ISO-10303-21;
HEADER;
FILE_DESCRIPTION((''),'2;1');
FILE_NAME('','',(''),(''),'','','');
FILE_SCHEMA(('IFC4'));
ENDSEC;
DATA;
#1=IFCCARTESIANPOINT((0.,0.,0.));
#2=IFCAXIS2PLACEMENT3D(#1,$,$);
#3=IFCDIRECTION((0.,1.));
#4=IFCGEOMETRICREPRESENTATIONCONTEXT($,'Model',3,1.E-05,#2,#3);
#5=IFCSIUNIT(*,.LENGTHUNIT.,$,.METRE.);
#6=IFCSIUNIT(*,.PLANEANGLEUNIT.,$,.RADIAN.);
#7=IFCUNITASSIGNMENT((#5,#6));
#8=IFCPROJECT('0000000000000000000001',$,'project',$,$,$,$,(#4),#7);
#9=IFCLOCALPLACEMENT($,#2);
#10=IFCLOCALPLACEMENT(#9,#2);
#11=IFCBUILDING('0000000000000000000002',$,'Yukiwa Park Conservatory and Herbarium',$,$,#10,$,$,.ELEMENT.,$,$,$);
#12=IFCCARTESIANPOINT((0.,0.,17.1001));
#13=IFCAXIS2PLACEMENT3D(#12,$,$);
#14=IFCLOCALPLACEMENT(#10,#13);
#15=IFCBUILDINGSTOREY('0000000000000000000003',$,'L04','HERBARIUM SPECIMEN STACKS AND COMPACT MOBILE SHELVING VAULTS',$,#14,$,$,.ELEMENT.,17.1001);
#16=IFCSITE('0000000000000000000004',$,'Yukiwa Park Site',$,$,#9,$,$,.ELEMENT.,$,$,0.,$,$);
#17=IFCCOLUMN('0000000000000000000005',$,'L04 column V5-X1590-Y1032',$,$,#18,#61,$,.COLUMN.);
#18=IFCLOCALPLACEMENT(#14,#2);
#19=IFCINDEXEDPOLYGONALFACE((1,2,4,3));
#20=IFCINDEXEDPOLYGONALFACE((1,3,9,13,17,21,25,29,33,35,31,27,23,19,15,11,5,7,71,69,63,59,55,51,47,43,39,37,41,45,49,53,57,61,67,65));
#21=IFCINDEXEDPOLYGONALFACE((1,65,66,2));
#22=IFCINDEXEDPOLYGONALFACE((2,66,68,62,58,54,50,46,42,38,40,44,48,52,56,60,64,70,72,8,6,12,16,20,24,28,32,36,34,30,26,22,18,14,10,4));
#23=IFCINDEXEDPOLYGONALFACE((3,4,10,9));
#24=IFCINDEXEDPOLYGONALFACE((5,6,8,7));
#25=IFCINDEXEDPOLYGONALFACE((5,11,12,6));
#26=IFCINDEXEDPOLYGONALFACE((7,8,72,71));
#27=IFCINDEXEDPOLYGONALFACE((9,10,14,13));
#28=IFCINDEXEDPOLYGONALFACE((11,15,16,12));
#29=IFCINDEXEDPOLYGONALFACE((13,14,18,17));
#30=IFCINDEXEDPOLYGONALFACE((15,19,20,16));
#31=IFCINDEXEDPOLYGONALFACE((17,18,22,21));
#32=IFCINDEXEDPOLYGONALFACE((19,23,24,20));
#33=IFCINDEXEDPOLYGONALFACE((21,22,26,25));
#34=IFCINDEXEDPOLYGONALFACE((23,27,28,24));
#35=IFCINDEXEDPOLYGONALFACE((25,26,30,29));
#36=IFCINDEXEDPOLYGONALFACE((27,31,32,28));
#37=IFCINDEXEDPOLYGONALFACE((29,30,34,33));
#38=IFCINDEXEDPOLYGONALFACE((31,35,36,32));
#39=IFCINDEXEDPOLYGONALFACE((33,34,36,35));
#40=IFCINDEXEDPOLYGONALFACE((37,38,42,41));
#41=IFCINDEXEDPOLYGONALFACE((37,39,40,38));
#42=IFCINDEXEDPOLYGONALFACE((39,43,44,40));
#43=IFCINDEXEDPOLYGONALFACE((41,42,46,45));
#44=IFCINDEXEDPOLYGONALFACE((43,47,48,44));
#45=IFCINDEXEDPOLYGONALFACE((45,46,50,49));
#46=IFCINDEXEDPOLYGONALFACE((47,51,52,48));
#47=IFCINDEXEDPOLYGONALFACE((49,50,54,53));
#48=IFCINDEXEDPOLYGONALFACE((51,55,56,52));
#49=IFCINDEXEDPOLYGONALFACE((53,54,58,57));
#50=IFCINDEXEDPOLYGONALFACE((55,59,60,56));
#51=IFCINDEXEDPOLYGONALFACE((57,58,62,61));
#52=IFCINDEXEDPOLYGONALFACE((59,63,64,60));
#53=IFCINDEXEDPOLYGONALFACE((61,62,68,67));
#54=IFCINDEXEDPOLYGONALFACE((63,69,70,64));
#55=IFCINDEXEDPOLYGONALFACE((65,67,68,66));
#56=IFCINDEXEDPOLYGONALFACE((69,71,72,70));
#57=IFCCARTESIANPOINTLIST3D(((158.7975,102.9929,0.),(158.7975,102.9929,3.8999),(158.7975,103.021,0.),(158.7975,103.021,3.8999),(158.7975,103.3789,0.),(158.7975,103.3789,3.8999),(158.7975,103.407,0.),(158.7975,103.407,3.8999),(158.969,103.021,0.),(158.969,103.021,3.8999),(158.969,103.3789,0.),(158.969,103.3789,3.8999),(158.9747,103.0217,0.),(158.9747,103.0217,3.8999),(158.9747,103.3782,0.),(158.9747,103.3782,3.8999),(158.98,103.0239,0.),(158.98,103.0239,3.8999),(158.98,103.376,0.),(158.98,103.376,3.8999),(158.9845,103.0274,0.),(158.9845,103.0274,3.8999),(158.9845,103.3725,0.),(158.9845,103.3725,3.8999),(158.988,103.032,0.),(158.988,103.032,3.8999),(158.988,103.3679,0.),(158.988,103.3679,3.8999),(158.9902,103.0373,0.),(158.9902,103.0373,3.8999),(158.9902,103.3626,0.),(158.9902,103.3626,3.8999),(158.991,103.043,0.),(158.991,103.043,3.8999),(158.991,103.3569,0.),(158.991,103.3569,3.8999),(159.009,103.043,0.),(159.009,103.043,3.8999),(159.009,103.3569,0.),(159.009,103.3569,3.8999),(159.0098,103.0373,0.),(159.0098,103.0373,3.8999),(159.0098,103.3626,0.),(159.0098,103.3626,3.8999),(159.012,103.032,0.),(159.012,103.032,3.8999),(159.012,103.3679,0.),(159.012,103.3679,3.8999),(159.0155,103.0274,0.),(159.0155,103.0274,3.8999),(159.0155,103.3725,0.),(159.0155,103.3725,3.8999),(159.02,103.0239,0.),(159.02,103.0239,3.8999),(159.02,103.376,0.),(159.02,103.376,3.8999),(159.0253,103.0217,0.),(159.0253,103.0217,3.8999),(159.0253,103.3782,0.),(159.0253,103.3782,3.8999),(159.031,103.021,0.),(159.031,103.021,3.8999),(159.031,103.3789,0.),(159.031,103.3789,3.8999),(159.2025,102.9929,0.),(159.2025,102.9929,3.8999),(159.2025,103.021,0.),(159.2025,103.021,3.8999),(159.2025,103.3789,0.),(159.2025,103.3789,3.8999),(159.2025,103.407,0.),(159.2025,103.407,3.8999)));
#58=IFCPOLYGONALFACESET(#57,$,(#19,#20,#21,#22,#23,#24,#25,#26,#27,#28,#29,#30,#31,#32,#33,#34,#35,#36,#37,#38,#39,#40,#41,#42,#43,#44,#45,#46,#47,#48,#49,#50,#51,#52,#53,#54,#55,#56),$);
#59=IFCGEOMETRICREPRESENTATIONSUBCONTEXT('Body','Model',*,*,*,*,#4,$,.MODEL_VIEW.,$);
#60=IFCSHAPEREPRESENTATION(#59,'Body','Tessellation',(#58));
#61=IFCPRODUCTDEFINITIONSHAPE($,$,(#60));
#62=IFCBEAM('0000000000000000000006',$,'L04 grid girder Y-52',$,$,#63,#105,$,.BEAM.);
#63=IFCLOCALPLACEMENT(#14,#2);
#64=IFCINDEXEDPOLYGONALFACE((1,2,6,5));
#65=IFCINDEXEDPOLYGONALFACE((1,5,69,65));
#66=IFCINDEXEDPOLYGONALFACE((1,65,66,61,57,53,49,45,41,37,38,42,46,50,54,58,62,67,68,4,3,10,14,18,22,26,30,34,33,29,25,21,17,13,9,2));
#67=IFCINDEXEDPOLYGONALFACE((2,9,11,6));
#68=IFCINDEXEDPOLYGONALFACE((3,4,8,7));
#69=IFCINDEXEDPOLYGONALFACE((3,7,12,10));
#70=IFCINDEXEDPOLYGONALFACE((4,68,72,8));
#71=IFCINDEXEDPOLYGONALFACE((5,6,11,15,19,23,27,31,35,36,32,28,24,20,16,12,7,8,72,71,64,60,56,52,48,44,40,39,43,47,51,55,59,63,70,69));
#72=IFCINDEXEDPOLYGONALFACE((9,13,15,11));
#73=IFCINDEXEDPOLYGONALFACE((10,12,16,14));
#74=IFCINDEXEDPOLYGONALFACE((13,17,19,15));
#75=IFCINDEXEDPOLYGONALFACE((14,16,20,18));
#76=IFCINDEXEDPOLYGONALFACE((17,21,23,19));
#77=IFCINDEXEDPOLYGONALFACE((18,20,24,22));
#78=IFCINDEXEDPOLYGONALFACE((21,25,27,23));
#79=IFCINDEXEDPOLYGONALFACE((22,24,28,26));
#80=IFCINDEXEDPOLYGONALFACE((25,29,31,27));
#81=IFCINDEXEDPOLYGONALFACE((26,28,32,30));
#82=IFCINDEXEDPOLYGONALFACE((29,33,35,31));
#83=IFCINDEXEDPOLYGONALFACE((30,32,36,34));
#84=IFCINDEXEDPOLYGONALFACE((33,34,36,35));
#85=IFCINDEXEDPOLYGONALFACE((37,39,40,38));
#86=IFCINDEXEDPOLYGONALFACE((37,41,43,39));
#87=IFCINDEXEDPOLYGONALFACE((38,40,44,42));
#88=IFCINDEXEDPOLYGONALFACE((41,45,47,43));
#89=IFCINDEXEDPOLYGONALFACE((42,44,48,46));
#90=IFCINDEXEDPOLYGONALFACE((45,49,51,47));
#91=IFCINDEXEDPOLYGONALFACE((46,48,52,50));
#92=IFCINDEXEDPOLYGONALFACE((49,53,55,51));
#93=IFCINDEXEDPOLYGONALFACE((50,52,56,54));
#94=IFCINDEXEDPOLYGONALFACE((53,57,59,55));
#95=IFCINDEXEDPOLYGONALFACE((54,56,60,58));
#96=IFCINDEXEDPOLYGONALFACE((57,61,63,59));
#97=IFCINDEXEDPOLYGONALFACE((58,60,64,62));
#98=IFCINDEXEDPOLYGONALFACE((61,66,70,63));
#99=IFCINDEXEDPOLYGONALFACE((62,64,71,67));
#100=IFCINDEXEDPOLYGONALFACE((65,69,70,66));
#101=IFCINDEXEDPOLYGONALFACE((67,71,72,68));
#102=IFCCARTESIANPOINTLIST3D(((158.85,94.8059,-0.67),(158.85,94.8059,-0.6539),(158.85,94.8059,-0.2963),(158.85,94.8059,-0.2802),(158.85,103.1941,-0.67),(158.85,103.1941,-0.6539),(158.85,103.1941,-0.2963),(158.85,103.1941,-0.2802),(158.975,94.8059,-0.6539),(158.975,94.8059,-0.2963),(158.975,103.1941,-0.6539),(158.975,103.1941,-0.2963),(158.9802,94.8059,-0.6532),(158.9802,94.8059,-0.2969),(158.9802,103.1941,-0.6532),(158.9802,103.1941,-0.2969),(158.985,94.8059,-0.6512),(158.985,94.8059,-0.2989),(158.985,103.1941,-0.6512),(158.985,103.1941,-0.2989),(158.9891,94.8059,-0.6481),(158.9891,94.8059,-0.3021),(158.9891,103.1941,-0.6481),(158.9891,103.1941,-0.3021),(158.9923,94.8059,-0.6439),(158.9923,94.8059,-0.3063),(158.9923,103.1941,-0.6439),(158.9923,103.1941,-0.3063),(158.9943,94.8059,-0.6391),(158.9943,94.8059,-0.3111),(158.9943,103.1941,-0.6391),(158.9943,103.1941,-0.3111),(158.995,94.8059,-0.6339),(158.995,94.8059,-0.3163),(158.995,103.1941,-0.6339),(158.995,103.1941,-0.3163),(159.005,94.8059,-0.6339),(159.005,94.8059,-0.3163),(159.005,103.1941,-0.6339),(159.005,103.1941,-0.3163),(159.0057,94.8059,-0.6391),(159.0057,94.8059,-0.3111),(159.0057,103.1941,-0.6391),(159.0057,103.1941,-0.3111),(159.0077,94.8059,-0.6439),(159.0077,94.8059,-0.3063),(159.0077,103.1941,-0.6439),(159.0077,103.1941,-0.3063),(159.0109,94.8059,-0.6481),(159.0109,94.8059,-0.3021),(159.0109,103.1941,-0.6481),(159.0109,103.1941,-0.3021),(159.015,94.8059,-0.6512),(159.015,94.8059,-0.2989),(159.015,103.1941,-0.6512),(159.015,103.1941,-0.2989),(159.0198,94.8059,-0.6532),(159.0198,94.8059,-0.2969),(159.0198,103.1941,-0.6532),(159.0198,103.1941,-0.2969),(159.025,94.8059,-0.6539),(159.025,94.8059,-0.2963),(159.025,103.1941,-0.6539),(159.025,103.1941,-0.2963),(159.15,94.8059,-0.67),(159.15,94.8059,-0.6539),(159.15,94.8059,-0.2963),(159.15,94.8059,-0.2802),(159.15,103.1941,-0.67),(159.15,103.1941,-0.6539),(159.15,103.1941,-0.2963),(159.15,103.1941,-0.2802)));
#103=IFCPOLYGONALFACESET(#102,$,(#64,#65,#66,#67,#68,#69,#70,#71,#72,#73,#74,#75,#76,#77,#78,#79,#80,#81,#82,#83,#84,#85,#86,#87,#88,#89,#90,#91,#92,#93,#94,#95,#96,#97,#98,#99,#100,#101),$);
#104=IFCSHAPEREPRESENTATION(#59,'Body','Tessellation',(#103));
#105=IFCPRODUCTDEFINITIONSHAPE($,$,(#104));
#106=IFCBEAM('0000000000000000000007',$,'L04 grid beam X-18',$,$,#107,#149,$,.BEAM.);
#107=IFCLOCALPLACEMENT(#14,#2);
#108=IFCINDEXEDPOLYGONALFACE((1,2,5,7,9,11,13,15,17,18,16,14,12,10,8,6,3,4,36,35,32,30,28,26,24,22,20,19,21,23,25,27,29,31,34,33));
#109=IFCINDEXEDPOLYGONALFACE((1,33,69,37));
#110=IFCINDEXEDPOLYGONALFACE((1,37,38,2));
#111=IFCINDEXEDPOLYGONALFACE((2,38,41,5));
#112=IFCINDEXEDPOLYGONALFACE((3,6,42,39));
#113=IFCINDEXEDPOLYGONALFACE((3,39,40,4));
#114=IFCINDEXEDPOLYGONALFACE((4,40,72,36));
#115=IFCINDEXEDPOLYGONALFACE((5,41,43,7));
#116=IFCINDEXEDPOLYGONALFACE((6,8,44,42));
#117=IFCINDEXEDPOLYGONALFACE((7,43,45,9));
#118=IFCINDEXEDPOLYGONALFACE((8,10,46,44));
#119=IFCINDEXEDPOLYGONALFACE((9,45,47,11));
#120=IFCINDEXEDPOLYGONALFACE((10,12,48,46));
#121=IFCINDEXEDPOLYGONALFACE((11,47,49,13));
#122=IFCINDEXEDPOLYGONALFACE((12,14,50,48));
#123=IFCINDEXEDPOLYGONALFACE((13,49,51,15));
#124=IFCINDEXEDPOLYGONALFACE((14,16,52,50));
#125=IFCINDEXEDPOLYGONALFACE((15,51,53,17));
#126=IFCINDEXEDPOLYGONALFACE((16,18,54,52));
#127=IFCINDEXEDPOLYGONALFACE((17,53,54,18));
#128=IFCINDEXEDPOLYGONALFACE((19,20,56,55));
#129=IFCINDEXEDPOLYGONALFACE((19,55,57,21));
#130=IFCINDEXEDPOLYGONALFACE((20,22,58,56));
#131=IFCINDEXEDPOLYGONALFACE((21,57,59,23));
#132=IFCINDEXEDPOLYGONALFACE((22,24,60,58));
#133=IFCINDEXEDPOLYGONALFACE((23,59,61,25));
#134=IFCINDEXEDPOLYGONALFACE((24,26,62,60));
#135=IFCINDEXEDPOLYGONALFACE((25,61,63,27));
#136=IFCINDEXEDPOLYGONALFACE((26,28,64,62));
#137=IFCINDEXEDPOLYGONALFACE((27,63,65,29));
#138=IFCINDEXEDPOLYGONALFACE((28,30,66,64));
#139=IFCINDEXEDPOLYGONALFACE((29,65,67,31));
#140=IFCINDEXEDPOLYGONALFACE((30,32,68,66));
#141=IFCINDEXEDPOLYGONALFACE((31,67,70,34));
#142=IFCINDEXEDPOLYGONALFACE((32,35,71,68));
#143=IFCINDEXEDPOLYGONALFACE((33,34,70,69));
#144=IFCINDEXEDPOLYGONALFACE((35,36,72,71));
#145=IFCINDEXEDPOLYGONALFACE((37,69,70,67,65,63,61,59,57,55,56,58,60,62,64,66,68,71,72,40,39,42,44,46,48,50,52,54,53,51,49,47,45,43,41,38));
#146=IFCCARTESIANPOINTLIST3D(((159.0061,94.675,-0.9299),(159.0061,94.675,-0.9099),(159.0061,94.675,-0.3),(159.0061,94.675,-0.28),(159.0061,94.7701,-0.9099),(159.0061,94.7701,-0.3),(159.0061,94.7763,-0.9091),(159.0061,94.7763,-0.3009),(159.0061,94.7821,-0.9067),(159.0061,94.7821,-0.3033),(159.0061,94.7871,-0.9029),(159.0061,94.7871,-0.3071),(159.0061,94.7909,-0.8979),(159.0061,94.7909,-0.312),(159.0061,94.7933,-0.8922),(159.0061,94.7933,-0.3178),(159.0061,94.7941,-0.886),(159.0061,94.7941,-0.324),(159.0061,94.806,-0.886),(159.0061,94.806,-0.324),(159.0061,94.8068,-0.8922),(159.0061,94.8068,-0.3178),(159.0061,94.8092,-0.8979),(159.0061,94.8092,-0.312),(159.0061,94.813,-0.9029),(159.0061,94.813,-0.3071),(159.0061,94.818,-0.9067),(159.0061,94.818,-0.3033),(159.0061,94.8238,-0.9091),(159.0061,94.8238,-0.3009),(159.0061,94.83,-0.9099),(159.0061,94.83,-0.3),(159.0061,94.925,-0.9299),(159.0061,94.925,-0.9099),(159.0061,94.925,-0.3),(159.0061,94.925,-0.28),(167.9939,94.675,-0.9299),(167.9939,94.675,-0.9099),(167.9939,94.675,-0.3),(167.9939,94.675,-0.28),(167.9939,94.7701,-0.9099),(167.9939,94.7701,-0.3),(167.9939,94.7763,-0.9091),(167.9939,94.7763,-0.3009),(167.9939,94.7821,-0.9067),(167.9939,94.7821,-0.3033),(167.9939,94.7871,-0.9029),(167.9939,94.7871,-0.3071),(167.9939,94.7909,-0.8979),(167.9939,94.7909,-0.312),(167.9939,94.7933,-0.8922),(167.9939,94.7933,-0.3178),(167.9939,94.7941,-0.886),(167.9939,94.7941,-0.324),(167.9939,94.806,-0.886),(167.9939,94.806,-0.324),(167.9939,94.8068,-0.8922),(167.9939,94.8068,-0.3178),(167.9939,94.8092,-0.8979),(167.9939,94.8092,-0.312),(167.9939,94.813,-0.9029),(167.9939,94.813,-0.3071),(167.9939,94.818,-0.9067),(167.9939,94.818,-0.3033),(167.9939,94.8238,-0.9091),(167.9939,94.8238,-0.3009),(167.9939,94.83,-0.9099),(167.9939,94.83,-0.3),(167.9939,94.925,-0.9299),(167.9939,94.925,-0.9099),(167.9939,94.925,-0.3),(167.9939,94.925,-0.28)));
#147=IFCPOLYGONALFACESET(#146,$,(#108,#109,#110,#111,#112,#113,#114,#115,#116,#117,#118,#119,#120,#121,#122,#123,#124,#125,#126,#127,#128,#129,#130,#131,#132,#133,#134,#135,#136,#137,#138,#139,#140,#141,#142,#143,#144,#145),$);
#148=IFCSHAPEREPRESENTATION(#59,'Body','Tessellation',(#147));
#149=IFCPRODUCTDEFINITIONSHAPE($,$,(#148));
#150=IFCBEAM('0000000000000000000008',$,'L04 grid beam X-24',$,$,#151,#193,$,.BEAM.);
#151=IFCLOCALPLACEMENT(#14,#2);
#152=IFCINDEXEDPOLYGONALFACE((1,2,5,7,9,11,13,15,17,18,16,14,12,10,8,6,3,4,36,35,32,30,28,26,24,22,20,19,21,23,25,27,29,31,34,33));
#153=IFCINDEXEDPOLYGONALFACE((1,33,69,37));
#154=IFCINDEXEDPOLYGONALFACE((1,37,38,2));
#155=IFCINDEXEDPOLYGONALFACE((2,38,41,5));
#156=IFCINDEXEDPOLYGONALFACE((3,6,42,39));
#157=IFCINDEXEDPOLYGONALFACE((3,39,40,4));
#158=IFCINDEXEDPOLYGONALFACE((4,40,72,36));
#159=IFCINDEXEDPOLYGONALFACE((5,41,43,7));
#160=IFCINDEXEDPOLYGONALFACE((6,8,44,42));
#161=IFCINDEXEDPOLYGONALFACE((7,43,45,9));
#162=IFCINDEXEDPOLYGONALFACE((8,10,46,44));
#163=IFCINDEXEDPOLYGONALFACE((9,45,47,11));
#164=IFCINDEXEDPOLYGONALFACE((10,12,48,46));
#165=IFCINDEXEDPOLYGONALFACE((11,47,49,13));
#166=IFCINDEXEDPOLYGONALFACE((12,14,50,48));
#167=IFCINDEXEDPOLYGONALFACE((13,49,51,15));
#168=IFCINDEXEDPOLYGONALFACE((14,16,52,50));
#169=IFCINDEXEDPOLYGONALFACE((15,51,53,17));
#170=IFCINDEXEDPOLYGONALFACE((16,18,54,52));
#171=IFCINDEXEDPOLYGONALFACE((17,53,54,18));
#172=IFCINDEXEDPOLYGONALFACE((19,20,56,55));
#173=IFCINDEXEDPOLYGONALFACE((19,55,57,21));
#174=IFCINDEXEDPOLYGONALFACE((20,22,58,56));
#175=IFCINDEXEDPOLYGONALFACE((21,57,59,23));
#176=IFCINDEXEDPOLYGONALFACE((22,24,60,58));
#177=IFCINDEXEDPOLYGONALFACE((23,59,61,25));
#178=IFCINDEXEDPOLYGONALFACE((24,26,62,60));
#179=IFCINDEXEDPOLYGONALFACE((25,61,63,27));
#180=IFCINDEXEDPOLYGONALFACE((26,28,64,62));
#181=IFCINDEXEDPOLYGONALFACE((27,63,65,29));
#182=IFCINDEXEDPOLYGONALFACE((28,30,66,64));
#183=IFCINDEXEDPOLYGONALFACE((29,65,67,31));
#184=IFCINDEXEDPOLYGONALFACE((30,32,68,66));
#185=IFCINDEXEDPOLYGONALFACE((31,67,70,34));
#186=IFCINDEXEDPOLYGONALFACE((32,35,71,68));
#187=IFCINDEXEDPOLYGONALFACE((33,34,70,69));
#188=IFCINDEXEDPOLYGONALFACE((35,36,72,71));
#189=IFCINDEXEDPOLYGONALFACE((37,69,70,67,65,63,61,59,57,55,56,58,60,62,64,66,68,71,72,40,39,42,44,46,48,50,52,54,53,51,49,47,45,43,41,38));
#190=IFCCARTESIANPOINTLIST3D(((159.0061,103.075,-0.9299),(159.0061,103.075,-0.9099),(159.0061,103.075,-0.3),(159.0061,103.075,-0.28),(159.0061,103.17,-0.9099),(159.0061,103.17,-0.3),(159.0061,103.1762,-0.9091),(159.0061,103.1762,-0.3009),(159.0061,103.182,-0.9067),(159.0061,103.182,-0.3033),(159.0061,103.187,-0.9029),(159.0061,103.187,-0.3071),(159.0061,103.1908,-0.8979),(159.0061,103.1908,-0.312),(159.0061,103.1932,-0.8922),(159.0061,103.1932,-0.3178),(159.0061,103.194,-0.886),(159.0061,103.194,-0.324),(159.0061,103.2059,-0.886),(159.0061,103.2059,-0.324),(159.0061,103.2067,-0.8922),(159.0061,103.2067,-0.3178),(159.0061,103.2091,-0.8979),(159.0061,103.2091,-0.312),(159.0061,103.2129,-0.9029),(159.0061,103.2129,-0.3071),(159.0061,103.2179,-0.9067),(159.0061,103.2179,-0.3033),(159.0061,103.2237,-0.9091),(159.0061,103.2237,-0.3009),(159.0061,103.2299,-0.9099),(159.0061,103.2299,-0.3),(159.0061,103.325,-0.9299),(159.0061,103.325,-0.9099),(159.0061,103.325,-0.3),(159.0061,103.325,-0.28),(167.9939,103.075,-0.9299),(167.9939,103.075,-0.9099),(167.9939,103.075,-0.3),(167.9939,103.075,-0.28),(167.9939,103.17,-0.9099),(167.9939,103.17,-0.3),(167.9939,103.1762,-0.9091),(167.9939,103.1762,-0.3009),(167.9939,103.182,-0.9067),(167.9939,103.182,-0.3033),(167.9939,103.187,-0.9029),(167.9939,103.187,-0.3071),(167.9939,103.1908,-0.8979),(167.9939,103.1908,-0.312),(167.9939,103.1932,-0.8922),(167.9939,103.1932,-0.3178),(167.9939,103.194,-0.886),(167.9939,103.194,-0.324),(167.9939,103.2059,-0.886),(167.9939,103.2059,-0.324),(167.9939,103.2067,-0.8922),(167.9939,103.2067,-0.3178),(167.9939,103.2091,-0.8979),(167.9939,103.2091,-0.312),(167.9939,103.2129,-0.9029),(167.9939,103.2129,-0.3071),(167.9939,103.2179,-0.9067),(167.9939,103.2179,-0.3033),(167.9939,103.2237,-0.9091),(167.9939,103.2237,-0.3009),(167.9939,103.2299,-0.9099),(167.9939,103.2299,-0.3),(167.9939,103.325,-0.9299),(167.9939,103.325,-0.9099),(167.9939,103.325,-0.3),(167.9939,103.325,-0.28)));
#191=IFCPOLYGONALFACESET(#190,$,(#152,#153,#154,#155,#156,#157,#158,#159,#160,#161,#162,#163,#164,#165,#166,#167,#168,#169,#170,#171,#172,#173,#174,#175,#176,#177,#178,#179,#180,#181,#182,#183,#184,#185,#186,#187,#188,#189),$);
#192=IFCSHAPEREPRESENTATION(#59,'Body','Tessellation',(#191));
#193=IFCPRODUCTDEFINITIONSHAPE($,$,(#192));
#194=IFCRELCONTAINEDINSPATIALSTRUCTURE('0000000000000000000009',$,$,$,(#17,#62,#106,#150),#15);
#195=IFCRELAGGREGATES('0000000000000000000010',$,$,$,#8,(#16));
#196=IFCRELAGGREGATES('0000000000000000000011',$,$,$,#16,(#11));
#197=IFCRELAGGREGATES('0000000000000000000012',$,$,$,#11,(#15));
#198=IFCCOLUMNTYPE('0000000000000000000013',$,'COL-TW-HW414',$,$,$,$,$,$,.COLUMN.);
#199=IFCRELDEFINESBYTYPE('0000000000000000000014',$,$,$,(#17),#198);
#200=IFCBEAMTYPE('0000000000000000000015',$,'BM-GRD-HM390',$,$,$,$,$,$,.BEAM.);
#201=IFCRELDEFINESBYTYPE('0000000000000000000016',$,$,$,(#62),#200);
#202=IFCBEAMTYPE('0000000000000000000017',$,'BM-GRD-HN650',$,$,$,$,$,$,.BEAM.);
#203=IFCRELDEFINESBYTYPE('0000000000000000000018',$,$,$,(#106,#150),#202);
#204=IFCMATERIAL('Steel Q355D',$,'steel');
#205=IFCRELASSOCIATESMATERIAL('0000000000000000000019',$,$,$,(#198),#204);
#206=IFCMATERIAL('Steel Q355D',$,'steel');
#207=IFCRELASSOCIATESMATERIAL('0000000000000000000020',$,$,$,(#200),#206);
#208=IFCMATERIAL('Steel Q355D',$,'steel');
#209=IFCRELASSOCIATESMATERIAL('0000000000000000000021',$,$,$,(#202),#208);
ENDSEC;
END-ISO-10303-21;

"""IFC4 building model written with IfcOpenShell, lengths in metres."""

from ifc_helpers import new_model, si_unit, direction, frame, origin, origin_2d, place, context, subcontext, project, spatial, i_section, extrude, material, material_profile, profile_set, type_object, element, save


model = new_model("IFC4")

# Units and contexts
model_context = context("Model", 3, precision=1e-05, world=origin(), true_north=direction((0.0, 1.0)))
body_context = subcontext(model_context, "Body", "Model", "MODEL_VIEW")
ifc_project = project(units=[si_unit("LENGTHUNIT", "METRE"), si_unit("PLANEANGLEUNIT", "RADIAN")], contexts=[model_context])

# Site, building, storey
site_placement = place(None, origin())
site = spatial("IfcSite", under=ifc_project, at=site_placement, Name="Yukiwa Park Site", CompositionType="ELEMENT", RefElevation=0.0)
building_placement = place(site_placement, origin())
building = spatial("IfcBuilding", under=site, at=building_placement, Name="Yukiwa Park Conservatory and Herbarium", CompositionType="ELEMENT")
storey_placement = place(building_placement, frame((0.0, 0.0, 17.1001)))
storey = spatial("IfcBuildingStorey", under=building, at=storey_placement, Name="L04", Description="HERBARIUM SPECIMEN STACKS AND COMPACT MOBILE SHELVING VAULTS", CompositionType="ELEMENT", Elevation=17.1001)

# Column
ifc_material_1 = material(Name="Steel Q355D", Category="steel")
ifc_material_profile_1 = material_profile(ifc_material_1, i_section(OverallWidth=0.405, OverallDepth=0.4141, WebThickness=0.0181, FlangeThickness=0.0281, FilletRadius=0.022, at=origin_2d()), Name="HW 414x405x18x28")
ifc_profile_set_1 = profile_set([ifc_material_profile_1], Name="Steel Q355D")
column_type_1 = type_object("IfcColumnType", Name="COL-TW-HW414", PredefinedType="COLUMN", material=ifc_profile_set_1)
for number, where, z_axis, x_axis, name in (
    (1, (159.0, 103.2, 0.0), (0.0, 0.0, 1.0), (1.0, 0.0, 0.0), "L04 column V5-X1590-Y1032"),
):
    element("IfcColumn", number, at=place(storey_placement, frame(where, z_axis=z_axis, x_axis=x_axis)), inside=storey, type_object=column_type_1, Name=name, PredefinedType="COLUMN", context=body_context, shape_type="SweptSolid", body=[
        extrude(i_section(OverallWidth=0.405, OverallDepth=0.4141, WebThickness=0.0181, FlangeThickness=0.0281, FilletRadius=0.022, at=origin_2d()), origin(), (0.0, 0.0, 1.0), 3.8999),
    ])

# Beams
ifc_material_2 = material(Name="Steel Q355D", Category="steel")
ifc_material_profile_2 = material_profile(ifc_material_2, i_section(OverallWidth=0.3, OverallDepth=0.3899, WebThickness=0.01, FlangeThickness=0.0161, FilletRadius=0.02, at=origin_2d()), Name="HM 390x300x10x16")
ifc_profile_set_2 = profile_set([ifc_material_profile_2], Name="Steel Q355D")
beam_type_1 = type_object("IfcBeamType", Name="BM-GRD-HM390", PredefinedType="BEAM", material=ifc_profile_set_2)
beam_1_placement = place(storey_placement, frame((159.0, 94.8059, -0.4751), z_axis=(0.0, 1.0, 0.0), x_axis=(-1.0, 0.0, 0.0)))
element("IfcBeam", 2, at=beam_1_placement, inside=storey, type_object=beam_type_1, Name="L04 grid girder Y-52", PredefinedType="BEAM", context=body_context, shape_type="SweptSolid", body=[
    extrude(i_section(OverallWidth=0.3, OverallDepth=0.3899, WebThickness=0.01, FlangeThickness=0.0161, FilletRadius=0.02, at=origin_2d()), origin(), (0.0, 0.0, 1.0), 8.3882),
])
ifc_material_3 = material(Name="Steel Q355D", Category="steel")
ifc_material_profile_3 = material_profile(ifc_material_3, i_section(OverallWidth=0.25, OverallDepth=0.6499, WebThickness=0.012, FlangeThickness=0.02, FilletRadius=0.0239, at=origin_2d()), Name="HN 650x250x12x20")
ifc_profile_set_3 = profile_set([ifc_material_profile_3], Name="Steel Q355D")
beam_type_2 = type_object("IfcBeamType", Name="BM-GRD-HN650", PredefinedType="BEAM", material=ifc_profile_set_3)
for number, where, z_axis, x_axis, name in (
    (3, (159.0061, 94.8, -0.605), (1.0, 0.0, 0.0), (0.0, 1.0, 0.0), "L04 grid beam X-18"),
    (4, (159.0061, 103.2, -0.605), (1.0, 0.0, 0.0), (0.0, 1.0, 0.0), "L04 grid beam X-24"),
):
    element("IfcBeam", number, at=place(storey_placement, frame(where, z_axis=z_axis, x_axis=x_axis)), inside=storey, type_object=beam_type_2, Name=name, PredefinedType="BEAM", context=body_context, shape_type="SweptSolid", body=[
        extrude(i_section(OverallWidth=0.25, OverallDepth=0.6499, WebThickness=0.012, FlangeThickness=0.02, FilletRadius=0.0239, at=origin_2d()), origin(), (0.0, 0.0, 1.0), 8.9878),
    ])

save(model, "model.ifc")
